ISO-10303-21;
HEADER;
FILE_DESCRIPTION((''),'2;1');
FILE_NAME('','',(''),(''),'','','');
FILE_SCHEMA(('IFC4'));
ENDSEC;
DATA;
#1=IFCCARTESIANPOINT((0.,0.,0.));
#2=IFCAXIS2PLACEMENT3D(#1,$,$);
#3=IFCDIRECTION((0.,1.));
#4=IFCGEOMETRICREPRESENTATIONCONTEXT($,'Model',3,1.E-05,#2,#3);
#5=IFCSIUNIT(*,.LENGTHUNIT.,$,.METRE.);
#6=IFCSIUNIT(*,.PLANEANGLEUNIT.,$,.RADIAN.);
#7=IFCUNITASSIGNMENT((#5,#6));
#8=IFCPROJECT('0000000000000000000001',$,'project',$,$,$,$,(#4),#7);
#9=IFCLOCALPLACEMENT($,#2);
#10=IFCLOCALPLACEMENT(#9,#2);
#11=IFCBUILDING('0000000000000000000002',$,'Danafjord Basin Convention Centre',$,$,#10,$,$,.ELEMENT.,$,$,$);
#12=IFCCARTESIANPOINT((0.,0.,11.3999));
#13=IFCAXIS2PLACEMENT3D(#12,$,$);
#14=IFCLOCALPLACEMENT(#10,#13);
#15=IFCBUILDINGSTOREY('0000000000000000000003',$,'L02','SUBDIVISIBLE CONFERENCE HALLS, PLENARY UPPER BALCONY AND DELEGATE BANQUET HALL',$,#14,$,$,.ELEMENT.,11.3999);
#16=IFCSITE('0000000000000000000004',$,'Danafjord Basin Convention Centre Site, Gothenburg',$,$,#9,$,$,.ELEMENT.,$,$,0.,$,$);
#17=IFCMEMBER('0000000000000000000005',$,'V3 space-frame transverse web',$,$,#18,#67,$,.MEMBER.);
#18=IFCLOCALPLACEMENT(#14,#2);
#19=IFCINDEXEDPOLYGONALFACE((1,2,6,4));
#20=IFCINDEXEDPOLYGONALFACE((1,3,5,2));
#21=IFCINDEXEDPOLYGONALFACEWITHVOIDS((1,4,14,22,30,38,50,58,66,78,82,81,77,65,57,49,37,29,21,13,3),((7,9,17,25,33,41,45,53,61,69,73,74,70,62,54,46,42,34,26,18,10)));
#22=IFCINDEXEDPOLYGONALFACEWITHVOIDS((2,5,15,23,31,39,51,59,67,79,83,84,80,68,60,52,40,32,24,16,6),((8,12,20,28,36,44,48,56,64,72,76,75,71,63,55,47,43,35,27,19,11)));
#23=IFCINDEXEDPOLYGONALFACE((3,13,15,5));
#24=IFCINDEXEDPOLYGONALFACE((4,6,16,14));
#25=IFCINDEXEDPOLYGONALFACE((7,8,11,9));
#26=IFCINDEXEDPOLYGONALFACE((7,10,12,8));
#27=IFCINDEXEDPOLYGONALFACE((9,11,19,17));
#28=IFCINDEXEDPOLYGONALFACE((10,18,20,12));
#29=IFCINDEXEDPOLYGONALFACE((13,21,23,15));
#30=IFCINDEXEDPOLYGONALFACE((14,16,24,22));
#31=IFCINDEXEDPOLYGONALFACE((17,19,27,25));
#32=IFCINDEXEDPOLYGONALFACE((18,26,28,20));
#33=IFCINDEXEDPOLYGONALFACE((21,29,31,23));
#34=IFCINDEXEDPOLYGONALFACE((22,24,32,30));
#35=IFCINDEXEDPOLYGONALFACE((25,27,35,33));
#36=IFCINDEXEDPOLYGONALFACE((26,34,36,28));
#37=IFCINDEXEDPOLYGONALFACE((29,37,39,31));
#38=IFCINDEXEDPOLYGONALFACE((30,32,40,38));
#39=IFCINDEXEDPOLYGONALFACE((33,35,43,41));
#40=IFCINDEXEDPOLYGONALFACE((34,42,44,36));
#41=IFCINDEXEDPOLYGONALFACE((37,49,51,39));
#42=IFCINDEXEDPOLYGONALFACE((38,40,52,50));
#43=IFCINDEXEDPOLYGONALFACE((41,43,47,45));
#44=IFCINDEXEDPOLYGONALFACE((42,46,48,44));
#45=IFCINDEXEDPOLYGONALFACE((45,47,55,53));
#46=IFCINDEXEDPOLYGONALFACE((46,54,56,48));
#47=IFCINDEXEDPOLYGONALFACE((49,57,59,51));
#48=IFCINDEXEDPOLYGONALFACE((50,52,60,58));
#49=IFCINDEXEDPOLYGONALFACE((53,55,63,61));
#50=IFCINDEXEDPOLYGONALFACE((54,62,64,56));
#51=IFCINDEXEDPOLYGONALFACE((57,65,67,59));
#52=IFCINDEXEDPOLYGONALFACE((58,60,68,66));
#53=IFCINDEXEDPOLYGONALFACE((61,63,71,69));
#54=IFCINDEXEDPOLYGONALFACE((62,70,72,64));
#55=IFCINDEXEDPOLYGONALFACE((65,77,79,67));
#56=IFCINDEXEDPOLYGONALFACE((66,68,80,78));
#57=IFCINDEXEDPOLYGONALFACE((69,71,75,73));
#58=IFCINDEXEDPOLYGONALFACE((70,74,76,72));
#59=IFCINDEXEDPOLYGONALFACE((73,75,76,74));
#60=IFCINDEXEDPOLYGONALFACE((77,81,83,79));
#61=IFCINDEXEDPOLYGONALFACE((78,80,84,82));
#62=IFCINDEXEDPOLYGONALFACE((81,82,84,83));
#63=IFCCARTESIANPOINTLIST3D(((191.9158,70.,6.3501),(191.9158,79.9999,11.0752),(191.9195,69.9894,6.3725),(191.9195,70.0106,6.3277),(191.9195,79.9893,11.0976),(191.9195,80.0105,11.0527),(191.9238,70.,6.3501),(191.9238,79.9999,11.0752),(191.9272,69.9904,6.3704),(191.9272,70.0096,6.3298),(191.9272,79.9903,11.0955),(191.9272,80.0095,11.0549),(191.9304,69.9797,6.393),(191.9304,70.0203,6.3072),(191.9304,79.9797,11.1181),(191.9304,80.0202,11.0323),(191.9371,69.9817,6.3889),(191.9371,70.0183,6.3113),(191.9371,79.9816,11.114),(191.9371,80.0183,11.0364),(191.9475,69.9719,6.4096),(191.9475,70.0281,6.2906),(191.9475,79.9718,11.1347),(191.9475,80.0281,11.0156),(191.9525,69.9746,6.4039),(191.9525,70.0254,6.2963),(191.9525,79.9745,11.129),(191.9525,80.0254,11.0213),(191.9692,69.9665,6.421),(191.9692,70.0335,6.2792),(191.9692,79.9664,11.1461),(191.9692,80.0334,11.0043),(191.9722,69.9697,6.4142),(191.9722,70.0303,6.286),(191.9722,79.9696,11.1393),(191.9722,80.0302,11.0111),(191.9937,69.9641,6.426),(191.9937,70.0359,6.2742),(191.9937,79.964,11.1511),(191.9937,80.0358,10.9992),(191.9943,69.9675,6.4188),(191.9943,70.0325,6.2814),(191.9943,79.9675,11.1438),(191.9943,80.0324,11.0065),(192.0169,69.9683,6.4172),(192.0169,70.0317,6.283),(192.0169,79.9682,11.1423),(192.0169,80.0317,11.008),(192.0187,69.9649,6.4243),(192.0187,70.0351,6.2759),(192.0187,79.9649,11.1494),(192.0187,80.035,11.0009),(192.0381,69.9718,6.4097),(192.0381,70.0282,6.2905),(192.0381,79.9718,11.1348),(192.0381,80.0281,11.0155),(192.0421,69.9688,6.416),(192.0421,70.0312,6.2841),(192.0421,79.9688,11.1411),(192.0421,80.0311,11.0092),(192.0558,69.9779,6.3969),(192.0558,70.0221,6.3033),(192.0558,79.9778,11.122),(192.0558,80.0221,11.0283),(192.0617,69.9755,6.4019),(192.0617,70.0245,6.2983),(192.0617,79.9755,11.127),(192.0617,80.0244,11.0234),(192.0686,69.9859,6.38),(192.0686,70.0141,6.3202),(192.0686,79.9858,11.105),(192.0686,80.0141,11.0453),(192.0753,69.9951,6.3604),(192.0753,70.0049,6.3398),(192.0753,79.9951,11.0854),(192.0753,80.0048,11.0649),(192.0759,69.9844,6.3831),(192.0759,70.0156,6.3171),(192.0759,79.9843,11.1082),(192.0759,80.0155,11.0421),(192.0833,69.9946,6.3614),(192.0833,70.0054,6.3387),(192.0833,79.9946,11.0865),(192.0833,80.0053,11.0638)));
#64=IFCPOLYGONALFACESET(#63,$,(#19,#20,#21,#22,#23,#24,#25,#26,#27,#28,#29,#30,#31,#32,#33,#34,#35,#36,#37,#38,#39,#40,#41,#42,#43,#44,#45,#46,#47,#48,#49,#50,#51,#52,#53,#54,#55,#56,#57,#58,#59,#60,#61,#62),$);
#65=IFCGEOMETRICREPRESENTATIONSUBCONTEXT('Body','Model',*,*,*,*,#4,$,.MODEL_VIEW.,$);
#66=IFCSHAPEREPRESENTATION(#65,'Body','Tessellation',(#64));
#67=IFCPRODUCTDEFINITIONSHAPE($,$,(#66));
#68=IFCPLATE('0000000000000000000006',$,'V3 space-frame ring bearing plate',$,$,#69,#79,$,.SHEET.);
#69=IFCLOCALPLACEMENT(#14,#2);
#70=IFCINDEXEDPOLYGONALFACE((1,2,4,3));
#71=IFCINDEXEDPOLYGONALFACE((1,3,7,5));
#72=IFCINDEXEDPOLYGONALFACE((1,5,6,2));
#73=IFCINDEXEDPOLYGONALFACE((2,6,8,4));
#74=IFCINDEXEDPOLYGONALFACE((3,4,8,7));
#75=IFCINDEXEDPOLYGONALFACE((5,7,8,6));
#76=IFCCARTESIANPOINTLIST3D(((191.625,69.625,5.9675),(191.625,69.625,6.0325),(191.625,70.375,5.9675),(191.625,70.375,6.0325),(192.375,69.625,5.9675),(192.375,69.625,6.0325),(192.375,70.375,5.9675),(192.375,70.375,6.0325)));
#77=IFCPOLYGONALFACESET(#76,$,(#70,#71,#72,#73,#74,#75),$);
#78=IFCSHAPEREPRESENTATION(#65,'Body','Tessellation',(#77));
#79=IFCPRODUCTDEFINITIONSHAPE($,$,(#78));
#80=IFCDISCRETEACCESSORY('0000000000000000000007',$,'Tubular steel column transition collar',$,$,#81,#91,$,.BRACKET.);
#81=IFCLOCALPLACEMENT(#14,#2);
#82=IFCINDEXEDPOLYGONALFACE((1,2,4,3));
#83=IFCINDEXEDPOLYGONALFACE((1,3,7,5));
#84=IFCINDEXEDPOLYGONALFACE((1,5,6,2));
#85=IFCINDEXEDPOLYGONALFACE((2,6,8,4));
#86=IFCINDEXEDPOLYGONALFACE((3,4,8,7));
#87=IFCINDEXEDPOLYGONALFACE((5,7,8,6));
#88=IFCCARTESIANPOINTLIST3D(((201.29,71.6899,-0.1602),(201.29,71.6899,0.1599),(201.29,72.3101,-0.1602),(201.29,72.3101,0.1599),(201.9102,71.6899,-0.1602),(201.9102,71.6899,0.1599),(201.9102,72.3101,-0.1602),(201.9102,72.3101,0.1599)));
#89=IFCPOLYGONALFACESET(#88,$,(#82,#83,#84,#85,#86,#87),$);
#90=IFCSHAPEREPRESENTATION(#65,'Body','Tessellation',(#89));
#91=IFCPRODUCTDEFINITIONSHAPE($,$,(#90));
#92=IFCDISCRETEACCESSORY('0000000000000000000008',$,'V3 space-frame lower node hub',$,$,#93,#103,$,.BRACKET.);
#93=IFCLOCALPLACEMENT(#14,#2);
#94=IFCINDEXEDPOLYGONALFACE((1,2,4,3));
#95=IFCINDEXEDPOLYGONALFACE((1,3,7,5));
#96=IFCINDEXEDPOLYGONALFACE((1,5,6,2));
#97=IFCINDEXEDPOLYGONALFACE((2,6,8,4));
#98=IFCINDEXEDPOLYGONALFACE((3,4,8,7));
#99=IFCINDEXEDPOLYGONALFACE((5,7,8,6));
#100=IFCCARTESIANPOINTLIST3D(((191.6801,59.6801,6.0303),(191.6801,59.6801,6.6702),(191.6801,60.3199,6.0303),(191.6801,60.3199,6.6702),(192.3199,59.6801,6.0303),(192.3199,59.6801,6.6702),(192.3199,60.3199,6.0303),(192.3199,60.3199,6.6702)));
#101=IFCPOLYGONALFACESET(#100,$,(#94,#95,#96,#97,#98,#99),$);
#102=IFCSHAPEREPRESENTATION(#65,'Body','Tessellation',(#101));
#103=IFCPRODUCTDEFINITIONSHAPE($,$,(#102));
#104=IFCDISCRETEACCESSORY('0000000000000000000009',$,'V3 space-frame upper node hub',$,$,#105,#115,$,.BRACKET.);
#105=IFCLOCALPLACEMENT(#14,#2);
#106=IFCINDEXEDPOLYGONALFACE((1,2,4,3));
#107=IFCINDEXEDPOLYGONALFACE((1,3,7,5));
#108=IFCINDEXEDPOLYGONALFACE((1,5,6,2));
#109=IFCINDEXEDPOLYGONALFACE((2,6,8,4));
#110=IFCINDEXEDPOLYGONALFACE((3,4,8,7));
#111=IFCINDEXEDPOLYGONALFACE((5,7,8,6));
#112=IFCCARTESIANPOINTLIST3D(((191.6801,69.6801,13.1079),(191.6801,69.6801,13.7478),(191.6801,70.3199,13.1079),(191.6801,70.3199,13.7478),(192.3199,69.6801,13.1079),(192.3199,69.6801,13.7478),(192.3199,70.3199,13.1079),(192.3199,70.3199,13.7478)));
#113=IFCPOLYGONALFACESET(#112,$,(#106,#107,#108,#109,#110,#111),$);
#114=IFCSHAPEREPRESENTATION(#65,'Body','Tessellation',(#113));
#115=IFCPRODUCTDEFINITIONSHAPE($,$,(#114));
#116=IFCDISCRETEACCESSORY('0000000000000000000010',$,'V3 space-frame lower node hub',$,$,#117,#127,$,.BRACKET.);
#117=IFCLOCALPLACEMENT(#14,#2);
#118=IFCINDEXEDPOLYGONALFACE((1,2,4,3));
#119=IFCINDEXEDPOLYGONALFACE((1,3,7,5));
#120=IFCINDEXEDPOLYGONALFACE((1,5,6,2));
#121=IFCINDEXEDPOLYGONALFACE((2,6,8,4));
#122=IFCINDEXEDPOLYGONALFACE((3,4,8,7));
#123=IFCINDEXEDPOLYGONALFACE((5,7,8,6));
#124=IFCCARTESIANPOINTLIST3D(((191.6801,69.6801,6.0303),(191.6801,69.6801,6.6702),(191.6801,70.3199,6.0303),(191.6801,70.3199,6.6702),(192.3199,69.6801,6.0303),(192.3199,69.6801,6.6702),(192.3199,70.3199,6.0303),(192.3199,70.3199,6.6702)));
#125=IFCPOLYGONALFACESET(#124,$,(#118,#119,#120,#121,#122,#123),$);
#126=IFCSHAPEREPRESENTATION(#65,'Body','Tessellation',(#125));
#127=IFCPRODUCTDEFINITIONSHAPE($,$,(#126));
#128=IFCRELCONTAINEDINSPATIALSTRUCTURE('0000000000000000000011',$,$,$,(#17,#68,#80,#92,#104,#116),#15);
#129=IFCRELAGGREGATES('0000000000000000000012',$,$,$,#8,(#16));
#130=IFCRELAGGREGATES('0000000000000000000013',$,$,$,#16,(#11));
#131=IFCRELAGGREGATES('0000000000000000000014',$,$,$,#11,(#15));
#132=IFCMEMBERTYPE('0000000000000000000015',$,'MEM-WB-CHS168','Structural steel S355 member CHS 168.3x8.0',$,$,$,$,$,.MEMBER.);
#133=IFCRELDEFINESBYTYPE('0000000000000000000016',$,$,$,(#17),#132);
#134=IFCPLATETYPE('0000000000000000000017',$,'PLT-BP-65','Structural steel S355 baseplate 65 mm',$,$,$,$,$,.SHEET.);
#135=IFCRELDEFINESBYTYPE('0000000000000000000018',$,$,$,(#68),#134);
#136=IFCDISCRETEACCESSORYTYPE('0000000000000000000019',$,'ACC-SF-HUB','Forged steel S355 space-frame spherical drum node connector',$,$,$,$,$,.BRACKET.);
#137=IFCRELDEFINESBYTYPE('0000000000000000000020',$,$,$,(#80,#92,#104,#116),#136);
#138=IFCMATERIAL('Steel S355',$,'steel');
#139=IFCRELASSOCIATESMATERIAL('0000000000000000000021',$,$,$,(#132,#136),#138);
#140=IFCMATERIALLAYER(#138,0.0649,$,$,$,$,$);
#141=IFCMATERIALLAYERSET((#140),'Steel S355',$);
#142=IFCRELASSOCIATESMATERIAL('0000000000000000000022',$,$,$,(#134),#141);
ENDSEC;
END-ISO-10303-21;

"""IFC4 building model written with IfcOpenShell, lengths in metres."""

from ifc_helpers import new_model, si_unit, direction, frame, origin, origin_2d, place, context, subcontext, project, spatial, rectangle, hollow_circle, extrude, material, layer, layer_set, material_profile, profile_set, type_object, element, save


model = new_model("IFC4")

# Units and contexts
model_context = context("Model", 3, precision=1e-05, world=origin(), true_north=direction((0.0, 1.0)))
body_context = subcontext(model_context, "Body", "Model", "MODEL_VIEW")
ifc_project = project(units=[si_unit("LENGTHUNIT", "METRE"), si_unit("PLANEANGLEUNIT", "RADIAN")], contexts=[model_context])

# Site, building, storey
site_placement = place(None, origin())
site = spatial("IfcSite", under=ifc_project, at=site_placement, Name="Danafjord Basin Convention Centre Site, Gothenburg", CompositionType="ELEMENT", RefElevation=0.0)
building_placement = place(site_placement, origin())
building = spatial("IfcBuilding", under=site, at=building_placement, Name="Danafjord Basin Convention Centre", CompositionType="ELEMENT")
storey_placement = place(building_placement, frame((0.0, 0.0, 11.3999)))
storey = spatial("IfcBuildingStorey", under=building, at=storey_placement, Name="L02", Description="SUBDIVISIBLE CONFERENCE HALLS, PLENARY UPPER BALCONY AND DELEGATE BANQUET HALL", CompositionType="ELEMENT", Elevation=11.3999)

# Shared definitions
ifc_material = material(Name="Steel S355", Category="steel")

# Member
ifc_material_profile_1 = material_profile(ifc_material, hollow_circle(Radius=0.0842, WallThickness=0.0081, at=origin_2d()), Name="CHS 168.3x8.0")
ifc_profile_set_1 = profile_set([ifc_material_profile_1], Name="Steel S355")
member_type_1 = type_object("IfcMemberType", Name="MEM-WB-CHS168", Description="Structural steel S355 member CHS 168.3x8.0", PredefinedType="MEMBER", material=ifc_profile_set_1)
member_1_placement = place(storey_placement, frame((192.0, 70.0, 6.3501), z_axis=(0.0, 0.904148, 0.427219), x_axis=(-1.0, 0.0, 0.0)))
element("IfcMember", 1, at=member_1_placement, inside=storey, type_object=member_type_1, Name="V3 space-frame transverse web", PredefinedType="MEMBER", context=body_context, shape_type="SweptSolid", body=[
    extrude(hollow_circle(Radius=0.0842, WallThickness=0.0081, at=origin_2d()), origin(), (0.0, 0.0, 1.0), 11.0601),
])

# Plate
ifc_layer = layer(ifc_material, 0.0649)
ifc_layer_set = layer_set([ifc_layer], Name="Steel S355")
plate_type = type_object("IfcPlateType", Name="PLT-BP-65", Description="Structural steel S355 baseplate 65 mm", PredefinedType="SHEET", material=ifc_layer_set)
plate_placement = place(storey_placement, frame((192.0, 70.0, 5.9675), z_axis=(0.0, 0.0, 1.0), x_axis=(1.0, 0.0, 0.0)))
element("IfcPlate", 2, at=plate_placement, inside=storey, type_object=plate_type, Name="V3 space-frame ring bearing plate", PredefinedType="SHEET", context=body_context, shape_type="SweptSolid", body=[
    extrude(rectangle(XDim=0.75, YDim=0.75, at=origin_2d()), origin(), (0.0, 0.0, 1.0), 0.0649),
])

# Discrete accessories
discrete_accessory_type = type_object("IfcDiscreteAccessoryType", Name="ACC-SF-HUB", Description="Forged steel S355 space-frame spherical drum node connector", PredefinedType="BRACKET", material=ifc_material)
discrete_accessory_placement = place(storey_placement, frame((201.6001, 72.0, -0.1602), z_axis=(0.0, 0.0, 1.0), x_axis=(1.0, 0.0, 0.0)))
element("IfcDiscreteAccessory", 3, at=discrete_accessory_placement, inside=storey, type_object=discrete_accessory_type, Name="Tubular steel column transition collar", PredefinedType="BRACKET", context=body_context, shape_type="SweptSolid", body=[
    extrude(rectangle(XDim=0.6201, YDim=0.6201, at=origin_2d()), origin(), (0.0, 0.0, 1.0), 0.3201),
])
for number, where, z_axis, x_axis, name in (
    (4, (192.0, 60.0, 6.0303), (0.0, 0.0, 1.0), (1.0, 0.0, 0.0), "V3 space-frame lower node hub"),
    (5, (192.0, 70.0, 13.1079), (0.0, 0.0, 1.0), (1.0, 0.0, 0.0), "V3 space-frame upper node hub"),
    (6, (192.0, 70.0, 6.0303), (0.0, 0.0, 1.0), (1.0, 0.0, 0.0), "V3 space-frame lower node hub"),
):
    element("IfcDiscreteAccessory", number, at=place(storey_placement, frame(where, z_axis=z_axis, x_axis=x_axis)), inside=storey, type_object=discrete_accessory_type, Name=name, PredefinedType="BRACKET", context=body_context, shape_type="SweptSolid", body=[
        extrude(rectangle(XDim=0.6399, YDim=0.6399, at=origin_2d()), origin(), (0.0, 0.0, 1.0), 0.6399),
    ])

save(model, "model.ifc")
